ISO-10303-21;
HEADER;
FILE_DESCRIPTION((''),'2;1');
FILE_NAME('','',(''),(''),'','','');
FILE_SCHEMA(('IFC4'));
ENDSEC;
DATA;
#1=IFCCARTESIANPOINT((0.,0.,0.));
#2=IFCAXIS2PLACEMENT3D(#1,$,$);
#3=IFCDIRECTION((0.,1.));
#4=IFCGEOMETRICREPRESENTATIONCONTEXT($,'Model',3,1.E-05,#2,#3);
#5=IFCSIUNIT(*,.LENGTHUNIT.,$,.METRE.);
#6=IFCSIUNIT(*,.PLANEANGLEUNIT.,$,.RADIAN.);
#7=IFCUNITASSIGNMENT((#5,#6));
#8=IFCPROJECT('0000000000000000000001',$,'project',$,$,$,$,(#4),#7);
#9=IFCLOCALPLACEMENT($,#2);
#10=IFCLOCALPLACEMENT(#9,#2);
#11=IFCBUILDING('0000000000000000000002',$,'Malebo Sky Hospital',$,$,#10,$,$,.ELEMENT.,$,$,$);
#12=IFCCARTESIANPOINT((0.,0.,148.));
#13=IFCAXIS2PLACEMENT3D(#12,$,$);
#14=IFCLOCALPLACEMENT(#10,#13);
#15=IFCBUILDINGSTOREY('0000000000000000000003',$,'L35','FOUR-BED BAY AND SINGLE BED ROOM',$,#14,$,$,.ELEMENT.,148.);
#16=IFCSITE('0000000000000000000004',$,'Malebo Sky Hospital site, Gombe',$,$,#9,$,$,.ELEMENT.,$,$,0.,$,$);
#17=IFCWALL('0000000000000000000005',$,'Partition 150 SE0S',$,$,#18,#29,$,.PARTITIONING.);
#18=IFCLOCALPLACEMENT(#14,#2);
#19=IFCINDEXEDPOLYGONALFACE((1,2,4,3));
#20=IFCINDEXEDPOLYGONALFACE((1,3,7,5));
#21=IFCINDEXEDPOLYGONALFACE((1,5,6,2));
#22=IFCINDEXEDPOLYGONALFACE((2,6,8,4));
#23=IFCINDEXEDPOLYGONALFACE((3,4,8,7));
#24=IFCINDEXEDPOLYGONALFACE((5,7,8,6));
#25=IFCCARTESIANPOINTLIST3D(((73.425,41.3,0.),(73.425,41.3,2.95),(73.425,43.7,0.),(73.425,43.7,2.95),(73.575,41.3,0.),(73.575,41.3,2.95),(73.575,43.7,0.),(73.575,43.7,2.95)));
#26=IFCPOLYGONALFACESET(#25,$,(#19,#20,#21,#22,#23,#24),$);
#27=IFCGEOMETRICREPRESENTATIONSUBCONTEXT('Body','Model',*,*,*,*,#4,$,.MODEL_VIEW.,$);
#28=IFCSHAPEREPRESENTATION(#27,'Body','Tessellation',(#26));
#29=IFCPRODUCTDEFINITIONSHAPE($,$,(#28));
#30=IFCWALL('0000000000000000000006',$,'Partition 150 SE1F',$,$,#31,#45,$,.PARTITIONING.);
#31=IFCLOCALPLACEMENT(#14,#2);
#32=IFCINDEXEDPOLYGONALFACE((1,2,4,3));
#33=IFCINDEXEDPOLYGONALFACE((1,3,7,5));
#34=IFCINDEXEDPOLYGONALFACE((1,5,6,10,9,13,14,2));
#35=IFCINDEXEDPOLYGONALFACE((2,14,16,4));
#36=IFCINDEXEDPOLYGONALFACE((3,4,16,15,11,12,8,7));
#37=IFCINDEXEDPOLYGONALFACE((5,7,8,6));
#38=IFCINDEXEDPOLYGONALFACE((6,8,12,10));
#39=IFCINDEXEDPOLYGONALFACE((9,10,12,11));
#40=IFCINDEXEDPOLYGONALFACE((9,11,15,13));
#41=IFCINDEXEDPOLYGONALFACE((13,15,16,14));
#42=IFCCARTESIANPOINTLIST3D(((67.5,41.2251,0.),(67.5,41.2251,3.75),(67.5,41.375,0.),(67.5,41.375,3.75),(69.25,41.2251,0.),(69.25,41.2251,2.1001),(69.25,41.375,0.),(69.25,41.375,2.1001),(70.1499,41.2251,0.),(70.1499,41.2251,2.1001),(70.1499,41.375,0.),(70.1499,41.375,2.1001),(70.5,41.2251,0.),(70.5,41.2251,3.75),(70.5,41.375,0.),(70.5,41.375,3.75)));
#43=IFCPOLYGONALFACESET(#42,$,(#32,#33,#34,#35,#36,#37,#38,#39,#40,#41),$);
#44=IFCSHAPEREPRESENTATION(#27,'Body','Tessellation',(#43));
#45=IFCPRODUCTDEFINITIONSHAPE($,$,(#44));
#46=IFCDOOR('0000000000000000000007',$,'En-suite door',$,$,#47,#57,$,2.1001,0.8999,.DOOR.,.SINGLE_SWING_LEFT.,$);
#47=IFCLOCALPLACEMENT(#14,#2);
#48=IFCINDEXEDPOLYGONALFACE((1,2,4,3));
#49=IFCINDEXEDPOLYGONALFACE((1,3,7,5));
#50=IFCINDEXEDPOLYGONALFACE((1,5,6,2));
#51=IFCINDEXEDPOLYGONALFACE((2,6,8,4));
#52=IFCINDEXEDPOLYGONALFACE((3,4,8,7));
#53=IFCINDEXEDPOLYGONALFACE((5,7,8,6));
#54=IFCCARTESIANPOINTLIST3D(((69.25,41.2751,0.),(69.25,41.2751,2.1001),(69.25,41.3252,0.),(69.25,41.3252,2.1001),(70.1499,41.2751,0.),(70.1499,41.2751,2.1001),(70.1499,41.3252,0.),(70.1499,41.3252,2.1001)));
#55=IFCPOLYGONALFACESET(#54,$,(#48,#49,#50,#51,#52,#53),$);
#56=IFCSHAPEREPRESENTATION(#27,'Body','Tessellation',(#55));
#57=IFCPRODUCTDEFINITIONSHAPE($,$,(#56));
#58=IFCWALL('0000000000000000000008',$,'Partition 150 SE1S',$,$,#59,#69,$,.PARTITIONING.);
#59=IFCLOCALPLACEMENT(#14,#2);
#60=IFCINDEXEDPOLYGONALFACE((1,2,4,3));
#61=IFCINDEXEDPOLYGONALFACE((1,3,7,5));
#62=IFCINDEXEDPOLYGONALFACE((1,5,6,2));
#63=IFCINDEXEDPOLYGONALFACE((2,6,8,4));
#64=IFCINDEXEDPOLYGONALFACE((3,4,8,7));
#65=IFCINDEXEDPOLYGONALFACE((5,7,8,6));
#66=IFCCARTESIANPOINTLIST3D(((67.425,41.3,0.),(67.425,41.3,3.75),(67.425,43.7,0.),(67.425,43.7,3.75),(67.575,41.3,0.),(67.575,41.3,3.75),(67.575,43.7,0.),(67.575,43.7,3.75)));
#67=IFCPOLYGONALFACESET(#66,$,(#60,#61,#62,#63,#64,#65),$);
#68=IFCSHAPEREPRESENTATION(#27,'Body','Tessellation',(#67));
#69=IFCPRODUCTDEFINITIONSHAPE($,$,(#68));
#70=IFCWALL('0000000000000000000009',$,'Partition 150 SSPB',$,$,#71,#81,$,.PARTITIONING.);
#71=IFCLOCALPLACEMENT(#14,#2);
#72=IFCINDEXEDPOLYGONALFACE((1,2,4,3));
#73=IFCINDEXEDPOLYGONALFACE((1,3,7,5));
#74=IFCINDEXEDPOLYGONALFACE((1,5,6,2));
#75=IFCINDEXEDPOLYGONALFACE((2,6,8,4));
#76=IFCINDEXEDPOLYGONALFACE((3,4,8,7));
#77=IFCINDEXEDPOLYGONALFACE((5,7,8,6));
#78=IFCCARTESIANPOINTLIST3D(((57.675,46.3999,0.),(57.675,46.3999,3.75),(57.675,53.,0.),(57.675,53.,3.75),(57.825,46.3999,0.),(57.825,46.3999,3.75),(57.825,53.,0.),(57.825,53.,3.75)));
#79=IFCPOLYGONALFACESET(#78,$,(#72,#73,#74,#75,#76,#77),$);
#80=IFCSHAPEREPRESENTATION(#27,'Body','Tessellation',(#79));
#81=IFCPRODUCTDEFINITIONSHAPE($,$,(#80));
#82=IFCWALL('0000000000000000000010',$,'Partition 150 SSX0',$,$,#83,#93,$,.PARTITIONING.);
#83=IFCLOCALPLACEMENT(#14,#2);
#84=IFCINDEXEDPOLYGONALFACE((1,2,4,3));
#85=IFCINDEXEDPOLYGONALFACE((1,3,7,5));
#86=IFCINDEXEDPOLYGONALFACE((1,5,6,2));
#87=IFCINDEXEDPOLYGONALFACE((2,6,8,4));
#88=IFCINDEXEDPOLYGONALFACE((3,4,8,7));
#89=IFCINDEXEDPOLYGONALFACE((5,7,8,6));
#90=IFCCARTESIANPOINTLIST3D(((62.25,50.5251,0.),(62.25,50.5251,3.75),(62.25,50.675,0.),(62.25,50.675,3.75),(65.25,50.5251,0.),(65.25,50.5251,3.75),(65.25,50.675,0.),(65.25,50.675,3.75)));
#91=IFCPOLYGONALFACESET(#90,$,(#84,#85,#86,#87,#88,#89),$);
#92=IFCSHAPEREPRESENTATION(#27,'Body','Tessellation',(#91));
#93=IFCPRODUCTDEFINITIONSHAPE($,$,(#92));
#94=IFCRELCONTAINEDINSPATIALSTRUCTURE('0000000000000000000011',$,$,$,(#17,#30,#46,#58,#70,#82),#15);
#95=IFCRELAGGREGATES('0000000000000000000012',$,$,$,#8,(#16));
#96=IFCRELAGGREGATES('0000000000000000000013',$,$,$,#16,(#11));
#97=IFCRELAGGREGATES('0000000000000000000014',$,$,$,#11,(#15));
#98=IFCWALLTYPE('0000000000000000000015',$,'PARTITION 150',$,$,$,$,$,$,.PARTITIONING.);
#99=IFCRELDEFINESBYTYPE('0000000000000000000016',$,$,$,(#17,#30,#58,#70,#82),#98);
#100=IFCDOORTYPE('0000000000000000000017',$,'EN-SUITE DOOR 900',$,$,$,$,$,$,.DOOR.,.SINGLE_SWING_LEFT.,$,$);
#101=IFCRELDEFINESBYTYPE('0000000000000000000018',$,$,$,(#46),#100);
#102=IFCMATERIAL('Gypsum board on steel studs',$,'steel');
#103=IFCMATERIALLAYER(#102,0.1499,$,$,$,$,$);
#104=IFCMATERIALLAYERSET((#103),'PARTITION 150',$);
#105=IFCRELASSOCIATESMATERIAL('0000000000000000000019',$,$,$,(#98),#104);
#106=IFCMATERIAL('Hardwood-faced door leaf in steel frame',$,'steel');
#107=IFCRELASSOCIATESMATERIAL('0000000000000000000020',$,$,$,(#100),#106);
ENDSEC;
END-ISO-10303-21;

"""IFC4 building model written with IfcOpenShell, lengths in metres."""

from ifc_helpers import new_model, si_unit, direction, frame, frame_2d, origin, place, context, subcontext, project, spatial, rectangle, extrude, material, layer, layer_set, type_object, element, fill, save


model = new_model("IFC4")

# Units and contexts
model_context = context("Model", 3, precision=1e-05, world=origin(), true_north=direction((0.0, 1.0)))
body_context = subcontext(model_context, "Body", "Model", "MODEL_VIEW")
ifc_project = project(units=[si_unit("LENGTHUNIT", "METRE"), si_unit("PLANEANGLEUNIT", "RADIAN")], contexts=[model_context])

# Site, building, storey
site_placement = place(None, origin())
site = spatial("IfcSite", under=ifc_project, at=site_placement, Name="Malebo Sky Hospital site, Gombe", CompositionType="ELEMENT", RefElevation=0.0)
building_placement = place(site_placement, origin())
building = spatial("IfcBuilding", under=site, at=building_placement, Name="Malebo Sky Hospital", CompositionType="ELEMENT")
storey_placement = place(building_placement, frame((0.0, 0.0, 148.0)))
storey = spatial("IfcBuildingStorey", under=building, at=storey_placement, Name="L35", Description="FOUR-BED BAY AND SINGLE BED ROOM", CompositionType="ELEMENT", Elevation=148.0)

# Shared definitions
ifc_material_1 = material(Name="Gypsum board on steel studs", Category="steel")
ifc_material_2 = material(Name="Hardwood-faced door leaf in steel frame", Category="steel")

# Shared definitions
ifc_layer_1 = layer(ifc_material_1, 0.1499)
ifc_layer_set_1 = layer_set([ifc_layer_1], Name="PARTITION 150")
wall_type_1 = type_object("IfcWallType", Name="PARTITION 150", PredefinedType="PARTITIONING", material=ifc_layer_set_1)

# Shared definitions
door_type_1 = type_object("IfcDoorType", Name="EN-SUITE DOOR 900", OperationType="SINGLE_SWING_LEFT", PredefinedType="DOOR", material=ifc_material_2)

# Wall
wall_1_placement = place(storey_placement, frame((73.5, 43.7, 0.0), z_axis=(0.0, 0.0, 1.0), x_axis=(0.0, -1.0, 0.0)))
element("IfcWall", 1, at=wall_1_placement, inside=storey, type_object=wall_type_1, Name="Partition 150 SE0S", PredefinedType="PARTITIONING", context=body_context, shape_type="SweptSolid", body=[
    extrude(rectangle(XDim=2.3999, YDim=0.1499, at=frame_2d((1.2, 0.0))), origin(), (0.0, 0.0, 1.0), 2.95),
])

# Wall, opening, door
wall_2_placement = place(storey_placement, frame((70.5, 41.3, 0.0), z_axis=(0.0, 0.0, 1.0), x_axis=(-1.0, 0.0, 0.0)))
wall_2 = element("IfcWall", 2, at=wall_2_placement, inside=storey, type_object=wall_type_1, Name="Partition 150 SE1F", PredefinedType="PARTITIONING", context=body_context, shape_type="SweptSolid", body=[
    extrude(rectangle(XDim=3.0, YDim=0.1499, at=frame_2d((1.5, 0.0))), origin(), (0.0, 0.0, 1.0), 3.75),
])
opening_1_placement = place(wall_2_placement, frame((0.3501, 0.0, 0.0)))
opening_1 = element("IfcOpeningElement", 3, at=opening_1_placement, cuts=wall_2, PredefinedType="OPENING", context=body_context, shape_type="SweptSolid", body=[
    extrude(rectangle(XDim=0.8999, YDim=2.1001, at=frame_2d((0.45, 1.05))), frame((0.0, 0.085, 0.0), z_axis=(0.0, -1.0, 0.0), x_axis=(1.0, 0.0, 0.0)), (0.0, 0.0, 1.0), 0.1699),
])
door_1_placement = place(opening_1_placement, origin())
door_1 = element("IfcDoor", 4, at=door_1_placement, inside=storey, type_object=door_type_1, Name="En-suite door", OperationType="SINGLE_SWING_LEFT", OverallHeight=2.1001, OverallWidth=0.8999, PredefinedType="DOOR", context=body_context, shape_type="SweptSolid", body=[
    extrude(rectangle(XDim=0.8999, YDim=2.1001, at=frame_2d((0.45, 1.05))), frame((0.0, 0.0249, 0.0), z_axis=(0.0, -1.0, 0.0), x_axis=(1.0, 0.0, 0.0)), (0.0, 0.0, 1.0), 0.05),
])
fill(opening_1, door_1)

# Walls
wall_3_placement = place(storey_placement, frame((67.5, 43.7, 0.0), z_axis=(0.0, 0.0, 1.0), x_axis=(0.0, -1.0, 0.0)))
element("IfcWall", 5, at=wall_3_placement, inside=storey, type_object=wall_type_1, Name="Partition 150 SE1S", PredefinedType="PARTITIONING", context=body_context, shape_type="SweptSolid", body=[
    extrude(rectangle(XDim=2.3999, YDim=0.1499, at=frame_2d((1.2, 0.0))), origin(), (0.0, 0.0, 1.0), 3.75),
])
wall_4_placement = place(storey_placement, frame((57.75, 53.0, 0.0), z_axis=(0.0, 0.0, 1.0), x_axis=(0.0, -1.0, 0.0)))
element("IfcWall", 6, at=wall_4_placement, inside=storey, type_object=wall_type_1, Name="Partition 150 SSPB", PredefinedType="PARTITIONING", context=body_context, shape_type="SweptSolid", body=[
    extrude(rectangle(XDim=6.6001, YDim=0.1499, at=frame_2d((3.3, 0.0))), origin(), (0.0, 0.0, 1.0), 3.75),
])
wall_5_placement = place(storey_placement, frame((65.25, 50.6001, 0.0), z_axis=(0.0, 0.0, 1.0), x_axis=(-1.0, 0.0, 0.0)))
element("IfcWall", 7, at=wall_5_placement, inside=storey, type_object=wall_type_1, Name="Partition 150 SSX0", PredefinedType="PARTITIONING", context=body_context, shape_type="SweptSolid", body=[
    extrude(rectangle(XDim=3.0, YDim=0.1499, at=frame_2d((1.5, 0.0))), origin(), (0.0, 0.0, 1.0), 3.75),
])

save(model, "model.ifc")
